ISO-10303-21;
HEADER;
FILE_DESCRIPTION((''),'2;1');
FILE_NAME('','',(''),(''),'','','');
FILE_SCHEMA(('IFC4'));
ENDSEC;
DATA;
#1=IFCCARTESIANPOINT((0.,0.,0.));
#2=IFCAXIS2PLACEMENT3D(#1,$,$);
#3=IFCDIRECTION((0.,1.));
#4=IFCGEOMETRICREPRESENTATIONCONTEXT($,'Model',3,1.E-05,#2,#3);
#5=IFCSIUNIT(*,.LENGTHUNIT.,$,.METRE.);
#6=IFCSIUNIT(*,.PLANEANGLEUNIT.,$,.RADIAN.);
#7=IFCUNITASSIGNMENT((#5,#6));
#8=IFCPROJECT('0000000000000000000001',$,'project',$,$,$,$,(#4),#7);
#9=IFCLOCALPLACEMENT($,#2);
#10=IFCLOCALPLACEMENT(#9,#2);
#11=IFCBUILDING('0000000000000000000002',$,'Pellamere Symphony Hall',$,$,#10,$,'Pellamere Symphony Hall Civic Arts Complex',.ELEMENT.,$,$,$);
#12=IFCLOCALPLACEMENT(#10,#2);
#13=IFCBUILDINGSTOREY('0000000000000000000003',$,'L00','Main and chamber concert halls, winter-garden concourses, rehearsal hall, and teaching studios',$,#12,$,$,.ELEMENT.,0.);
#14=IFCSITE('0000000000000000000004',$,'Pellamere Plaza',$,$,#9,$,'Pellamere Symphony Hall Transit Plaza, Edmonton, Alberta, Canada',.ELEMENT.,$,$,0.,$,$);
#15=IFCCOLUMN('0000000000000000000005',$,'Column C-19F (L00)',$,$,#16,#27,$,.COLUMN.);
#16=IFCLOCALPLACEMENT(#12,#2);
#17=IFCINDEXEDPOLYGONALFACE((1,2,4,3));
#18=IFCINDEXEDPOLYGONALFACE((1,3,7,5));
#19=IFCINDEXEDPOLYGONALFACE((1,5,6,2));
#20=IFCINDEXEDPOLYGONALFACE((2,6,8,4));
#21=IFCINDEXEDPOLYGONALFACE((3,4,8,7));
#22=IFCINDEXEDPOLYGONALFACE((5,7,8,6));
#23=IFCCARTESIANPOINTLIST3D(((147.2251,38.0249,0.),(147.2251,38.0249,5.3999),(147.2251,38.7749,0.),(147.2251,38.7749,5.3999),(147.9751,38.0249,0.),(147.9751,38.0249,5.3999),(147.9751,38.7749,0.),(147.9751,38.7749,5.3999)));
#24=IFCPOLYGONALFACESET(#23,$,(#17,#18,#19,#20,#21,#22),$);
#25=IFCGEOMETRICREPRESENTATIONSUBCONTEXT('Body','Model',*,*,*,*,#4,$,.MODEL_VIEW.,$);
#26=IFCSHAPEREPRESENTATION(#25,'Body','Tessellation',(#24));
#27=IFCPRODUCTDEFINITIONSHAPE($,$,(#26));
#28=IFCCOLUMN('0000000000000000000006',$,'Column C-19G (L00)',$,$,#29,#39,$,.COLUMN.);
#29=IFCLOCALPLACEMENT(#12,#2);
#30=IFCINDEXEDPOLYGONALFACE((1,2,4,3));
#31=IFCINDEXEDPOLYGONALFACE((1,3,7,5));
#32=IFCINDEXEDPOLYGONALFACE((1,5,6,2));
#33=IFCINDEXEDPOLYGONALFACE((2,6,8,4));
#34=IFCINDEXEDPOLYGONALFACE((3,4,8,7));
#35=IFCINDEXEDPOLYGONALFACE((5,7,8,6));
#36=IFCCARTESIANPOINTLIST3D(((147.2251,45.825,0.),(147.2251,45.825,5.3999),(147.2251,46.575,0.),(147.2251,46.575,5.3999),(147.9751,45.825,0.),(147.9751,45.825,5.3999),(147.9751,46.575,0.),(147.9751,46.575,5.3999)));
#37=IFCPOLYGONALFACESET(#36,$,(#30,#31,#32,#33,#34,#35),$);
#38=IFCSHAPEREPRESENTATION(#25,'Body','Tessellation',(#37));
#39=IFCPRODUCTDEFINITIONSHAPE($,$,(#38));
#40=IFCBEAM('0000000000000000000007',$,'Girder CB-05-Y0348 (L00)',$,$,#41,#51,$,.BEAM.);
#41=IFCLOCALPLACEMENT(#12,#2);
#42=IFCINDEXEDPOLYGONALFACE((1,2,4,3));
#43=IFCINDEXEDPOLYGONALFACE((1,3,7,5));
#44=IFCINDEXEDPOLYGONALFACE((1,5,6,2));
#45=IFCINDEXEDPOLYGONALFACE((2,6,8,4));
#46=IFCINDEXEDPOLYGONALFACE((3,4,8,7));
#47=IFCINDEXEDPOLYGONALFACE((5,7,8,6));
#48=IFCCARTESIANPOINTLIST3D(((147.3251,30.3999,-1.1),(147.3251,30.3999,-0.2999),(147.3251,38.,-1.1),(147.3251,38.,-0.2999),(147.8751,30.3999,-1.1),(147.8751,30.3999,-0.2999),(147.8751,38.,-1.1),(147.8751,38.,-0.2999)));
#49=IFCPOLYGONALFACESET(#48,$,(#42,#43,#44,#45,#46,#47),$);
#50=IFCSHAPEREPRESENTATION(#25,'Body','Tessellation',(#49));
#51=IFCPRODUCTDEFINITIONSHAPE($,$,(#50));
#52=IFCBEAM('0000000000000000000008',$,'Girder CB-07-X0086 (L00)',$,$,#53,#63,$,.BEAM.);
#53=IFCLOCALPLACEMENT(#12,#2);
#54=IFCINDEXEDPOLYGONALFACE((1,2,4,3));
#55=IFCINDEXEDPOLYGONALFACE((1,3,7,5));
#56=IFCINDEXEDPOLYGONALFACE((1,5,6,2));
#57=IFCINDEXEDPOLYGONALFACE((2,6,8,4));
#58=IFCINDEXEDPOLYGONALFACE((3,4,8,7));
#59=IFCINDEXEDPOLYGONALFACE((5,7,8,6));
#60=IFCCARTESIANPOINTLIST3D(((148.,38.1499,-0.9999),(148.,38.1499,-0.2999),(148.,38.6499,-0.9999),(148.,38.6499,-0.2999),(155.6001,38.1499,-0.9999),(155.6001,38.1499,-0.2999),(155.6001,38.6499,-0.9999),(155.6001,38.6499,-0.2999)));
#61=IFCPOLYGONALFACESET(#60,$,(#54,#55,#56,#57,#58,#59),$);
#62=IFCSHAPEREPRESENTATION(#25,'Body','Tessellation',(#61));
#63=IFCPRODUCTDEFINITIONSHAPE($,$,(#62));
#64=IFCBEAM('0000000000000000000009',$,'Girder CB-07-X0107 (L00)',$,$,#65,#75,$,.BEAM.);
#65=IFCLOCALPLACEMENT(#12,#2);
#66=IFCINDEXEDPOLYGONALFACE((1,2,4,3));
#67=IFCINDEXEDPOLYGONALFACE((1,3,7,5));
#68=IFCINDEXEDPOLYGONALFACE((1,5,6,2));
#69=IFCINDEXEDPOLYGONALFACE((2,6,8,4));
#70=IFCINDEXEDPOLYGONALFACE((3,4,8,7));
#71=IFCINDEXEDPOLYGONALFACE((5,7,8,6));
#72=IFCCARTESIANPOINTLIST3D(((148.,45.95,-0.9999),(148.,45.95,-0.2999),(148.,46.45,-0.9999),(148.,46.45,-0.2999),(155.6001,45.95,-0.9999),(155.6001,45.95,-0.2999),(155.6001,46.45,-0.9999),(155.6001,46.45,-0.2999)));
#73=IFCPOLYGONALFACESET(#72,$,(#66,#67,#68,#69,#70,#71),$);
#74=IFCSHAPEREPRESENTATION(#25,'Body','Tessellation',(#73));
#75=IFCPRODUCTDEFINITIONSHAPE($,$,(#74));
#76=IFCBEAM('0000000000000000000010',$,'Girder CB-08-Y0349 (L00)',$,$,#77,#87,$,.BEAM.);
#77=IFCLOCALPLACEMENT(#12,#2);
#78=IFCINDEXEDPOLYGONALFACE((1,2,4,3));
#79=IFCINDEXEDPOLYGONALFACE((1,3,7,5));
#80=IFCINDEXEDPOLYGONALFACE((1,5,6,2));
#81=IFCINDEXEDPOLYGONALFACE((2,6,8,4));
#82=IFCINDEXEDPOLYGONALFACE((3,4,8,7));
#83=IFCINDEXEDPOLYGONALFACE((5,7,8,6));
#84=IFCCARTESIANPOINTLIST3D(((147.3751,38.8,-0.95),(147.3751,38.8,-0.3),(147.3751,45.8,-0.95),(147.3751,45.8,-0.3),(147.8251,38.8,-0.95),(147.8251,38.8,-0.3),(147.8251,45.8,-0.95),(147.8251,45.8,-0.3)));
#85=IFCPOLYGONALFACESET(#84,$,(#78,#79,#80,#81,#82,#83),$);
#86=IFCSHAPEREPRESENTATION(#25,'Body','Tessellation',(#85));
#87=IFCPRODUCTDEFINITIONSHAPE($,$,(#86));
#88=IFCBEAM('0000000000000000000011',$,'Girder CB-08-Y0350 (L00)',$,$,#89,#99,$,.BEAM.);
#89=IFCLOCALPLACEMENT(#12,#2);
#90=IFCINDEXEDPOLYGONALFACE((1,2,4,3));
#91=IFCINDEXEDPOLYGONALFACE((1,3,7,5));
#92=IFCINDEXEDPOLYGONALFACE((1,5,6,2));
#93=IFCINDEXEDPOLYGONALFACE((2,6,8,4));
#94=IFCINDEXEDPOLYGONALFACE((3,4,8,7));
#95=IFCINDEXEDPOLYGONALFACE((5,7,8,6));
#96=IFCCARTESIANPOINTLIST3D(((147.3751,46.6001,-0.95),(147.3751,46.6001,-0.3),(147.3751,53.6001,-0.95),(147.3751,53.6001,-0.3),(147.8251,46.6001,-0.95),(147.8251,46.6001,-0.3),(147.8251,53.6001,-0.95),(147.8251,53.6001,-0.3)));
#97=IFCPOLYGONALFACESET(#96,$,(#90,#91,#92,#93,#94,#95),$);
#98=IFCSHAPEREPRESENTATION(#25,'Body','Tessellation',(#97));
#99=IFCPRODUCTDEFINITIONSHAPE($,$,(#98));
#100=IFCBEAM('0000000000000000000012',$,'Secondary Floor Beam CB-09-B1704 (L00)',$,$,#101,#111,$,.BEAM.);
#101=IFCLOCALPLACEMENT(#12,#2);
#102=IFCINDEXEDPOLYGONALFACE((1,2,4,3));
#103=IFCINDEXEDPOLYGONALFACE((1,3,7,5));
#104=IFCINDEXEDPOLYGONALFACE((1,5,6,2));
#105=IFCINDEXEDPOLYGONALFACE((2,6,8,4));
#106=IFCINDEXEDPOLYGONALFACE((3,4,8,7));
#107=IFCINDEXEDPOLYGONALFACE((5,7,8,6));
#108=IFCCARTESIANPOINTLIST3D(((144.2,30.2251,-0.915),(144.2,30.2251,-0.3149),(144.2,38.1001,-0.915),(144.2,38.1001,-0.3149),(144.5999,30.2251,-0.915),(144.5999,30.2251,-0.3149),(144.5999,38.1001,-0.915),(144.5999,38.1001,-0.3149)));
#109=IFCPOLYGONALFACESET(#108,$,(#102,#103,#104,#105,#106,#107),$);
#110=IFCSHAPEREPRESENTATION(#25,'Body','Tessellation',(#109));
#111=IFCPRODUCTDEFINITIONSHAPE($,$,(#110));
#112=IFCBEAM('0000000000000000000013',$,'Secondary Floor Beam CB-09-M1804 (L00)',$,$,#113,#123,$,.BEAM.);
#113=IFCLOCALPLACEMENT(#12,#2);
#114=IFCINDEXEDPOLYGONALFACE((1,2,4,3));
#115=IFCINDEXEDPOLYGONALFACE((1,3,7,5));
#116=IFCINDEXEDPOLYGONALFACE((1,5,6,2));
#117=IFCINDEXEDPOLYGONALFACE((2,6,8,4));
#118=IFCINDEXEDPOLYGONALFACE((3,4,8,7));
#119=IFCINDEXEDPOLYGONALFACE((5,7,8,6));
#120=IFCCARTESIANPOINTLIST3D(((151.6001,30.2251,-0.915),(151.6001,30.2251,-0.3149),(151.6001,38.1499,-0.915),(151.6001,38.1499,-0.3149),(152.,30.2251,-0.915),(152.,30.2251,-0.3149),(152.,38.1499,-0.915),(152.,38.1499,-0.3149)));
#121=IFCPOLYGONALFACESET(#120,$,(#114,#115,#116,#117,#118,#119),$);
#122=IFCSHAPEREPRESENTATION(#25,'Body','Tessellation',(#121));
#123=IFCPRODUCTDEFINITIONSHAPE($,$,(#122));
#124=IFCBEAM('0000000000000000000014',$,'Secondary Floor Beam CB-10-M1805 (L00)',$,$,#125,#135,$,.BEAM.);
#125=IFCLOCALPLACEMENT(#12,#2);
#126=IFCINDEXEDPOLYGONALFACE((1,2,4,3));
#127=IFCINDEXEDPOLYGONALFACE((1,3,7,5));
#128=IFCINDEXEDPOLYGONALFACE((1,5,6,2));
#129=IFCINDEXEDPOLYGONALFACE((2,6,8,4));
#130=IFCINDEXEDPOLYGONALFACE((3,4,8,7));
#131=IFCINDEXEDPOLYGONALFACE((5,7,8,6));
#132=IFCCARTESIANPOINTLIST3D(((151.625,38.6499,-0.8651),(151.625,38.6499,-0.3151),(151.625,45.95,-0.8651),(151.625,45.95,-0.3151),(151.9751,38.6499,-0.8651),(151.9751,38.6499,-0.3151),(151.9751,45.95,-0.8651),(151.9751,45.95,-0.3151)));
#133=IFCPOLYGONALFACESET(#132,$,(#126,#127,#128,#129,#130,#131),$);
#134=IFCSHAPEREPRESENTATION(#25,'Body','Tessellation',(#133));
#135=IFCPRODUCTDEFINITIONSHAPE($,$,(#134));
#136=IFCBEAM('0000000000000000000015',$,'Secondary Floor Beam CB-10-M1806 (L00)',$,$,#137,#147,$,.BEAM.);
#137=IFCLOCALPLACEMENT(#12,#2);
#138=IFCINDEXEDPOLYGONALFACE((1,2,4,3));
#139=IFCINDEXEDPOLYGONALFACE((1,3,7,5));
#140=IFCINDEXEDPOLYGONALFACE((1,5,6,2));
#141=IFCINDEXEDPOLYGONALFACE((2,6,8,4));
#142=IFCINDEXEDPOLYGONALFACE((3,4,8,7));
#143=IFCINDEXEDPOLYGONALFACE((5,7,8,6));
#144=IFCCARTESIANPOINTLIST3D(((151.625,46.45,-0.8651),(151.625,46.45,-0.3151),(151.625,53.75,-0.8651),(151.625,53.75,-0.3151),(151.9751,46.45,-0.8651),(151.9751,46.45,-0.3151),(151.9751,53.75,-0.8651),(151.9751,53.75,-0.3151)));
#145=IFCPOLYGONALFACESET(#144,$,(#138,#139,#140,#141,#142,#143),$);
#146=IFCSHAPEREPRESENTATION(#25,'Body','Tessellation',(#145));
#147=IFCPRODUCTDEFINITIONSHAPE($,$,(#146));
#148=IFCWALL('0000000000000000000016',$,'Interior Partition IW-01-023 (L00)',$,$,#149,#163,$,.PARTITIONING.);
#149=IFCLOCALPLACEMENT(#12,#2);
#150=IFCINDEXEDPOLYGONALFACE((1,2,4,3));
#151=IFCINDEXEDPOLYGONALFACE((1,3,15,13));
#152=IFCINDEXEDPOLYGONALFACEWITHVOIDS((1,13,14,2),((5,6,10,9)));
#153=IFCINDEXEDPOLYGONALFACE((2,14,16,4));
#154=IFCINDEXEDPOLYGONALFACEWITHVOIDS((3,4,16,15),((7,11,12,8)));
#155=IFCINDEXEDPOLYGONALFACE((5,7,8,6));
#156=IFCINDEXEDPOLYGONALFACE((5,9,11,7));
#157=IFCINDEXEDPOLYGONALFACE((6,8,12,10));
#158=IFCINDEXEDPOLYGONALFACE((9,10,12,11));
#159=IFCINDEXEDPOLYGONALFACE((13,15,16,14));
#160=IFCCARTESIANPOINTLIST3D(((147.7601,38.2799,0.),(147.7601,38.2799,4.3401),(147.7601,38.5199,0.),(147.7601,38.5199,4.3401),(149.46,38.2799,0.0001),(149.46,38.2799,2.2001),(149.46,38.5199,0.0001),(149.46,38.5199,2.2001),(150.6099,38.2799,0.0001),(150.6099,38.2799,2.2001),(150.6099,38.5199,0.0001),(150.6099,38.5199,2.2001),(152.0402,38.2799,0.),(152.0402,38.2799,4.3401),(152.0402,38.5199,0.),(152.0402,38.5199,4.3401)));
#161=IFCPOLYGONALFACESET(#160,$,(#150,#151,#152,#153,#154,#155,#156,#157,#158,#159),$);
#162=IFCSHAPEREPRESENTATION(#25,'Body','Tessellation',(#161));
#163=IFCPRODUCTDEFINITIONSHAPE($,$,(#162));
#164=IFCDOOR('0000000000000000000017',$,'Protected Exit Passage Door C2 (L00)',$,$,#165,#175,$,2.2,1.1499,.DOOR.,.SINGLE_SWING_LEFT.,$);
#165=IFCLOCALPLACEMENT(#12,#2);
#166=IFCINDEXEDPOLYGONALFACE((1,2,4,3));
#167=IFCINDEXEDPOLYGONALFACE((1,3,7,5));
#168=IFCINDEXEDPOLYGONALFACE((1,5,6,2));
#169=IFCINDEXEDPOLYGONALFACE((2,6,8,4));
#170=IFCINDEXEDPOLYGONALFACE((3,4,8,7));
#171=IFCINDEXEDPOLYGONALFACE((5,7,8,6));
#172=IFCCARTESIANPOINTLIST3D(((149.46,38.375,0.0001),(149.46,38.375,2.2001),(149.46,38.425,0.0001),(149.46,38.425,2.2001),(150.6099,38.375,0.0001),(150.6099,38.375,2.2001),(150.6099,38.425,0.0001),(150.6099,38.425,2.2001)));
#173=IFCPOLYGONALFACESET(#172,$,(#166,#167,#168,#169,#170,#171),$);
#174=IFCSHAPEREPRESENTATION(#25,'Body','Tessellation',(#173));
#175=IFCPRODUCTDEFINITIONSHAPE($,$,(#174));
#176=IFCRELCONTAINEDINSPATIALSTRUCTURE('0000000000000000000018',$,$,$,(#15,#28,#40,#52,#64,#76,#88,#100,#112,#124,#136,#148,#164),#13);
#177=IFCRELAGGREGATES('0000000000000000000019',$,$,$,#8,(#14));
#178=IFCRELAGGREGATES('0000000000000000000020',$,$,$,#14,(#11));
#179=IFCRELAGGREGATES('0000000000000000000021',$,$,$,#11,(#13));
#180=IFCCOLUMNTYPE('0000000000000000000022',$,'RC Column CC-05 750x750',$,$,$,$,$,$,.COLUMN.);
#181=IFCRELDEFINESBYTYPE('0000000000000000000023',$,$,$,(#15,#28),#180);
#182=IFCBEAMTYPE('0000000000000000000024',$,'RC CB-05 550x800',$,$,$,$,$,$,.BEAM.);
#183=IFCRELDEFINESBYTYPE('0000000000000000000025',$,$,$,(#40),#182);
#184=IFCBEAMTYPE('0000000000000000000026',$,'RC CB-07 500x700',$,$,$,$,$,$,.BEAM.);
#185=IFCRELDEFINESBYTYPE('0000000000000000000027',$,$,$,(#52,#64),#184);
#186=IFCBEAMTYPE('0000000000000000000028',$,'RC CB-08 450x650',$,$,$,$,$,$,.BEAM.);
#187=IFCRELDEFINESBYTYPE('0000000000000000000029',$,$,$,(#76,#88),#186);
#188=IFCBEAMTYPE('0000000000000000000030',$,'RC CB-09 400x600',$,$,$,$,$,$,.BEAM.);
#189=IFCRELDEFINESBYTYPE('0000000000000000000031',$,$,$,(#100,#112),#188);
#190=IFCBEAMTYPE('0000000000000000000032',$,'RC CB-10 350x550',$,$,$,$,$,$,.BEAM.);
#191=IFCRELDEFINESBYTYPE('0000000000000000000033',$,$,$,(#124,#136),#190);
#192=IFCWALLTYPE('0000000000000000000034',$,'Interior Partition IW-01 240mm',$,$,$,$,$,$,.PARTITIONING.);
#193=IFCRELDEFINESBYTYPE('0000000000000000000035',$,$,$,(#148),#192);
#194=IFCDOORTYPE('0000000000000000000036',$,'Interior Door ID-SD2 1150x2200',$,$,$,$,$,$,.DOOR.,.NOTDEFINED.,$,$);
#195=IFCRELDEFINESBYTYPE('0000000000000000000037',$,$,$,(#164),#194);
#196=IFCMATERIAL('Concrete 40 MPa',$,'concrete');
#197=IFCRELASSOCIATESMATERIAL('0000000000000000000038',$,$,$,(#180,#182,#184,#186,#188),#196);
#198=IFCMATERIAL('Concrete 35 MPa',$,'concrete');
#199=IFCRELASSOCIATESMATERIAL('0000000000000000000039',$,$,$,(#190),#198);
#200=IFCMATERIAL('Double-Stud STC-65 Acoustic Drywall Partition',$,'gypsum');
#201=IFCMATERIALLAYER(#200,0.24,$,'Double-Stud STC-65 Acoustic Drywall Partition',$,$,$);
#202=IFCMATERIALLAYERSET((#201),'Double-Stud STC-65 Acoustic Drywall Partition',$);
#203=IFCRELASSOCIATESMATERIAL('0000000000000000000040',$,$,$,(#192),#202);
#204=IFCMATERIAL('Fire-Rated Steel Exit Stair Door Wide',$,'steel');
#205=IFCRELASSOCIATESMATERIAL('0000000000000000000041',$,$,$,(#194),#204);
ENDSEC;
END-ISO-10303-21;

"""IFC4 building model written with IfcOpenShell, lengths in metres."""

from ifc_helpers import new_model, si_unit, direction, frame, frame_2d, origin, origin_2d, place, context, subcontext, project, spatial, rectangle, extrude, material, layer, layer_set, material_profile, profile_set, type_object, element, fill, save


model = new_model("IFC4")

# Units and contexts
model_context = context("Model", 3, precision=1e-05, world=origin(), true_north=direction((0.0, 1.0)))
body_context = subcontext(model_context, "Body", "Model", "MODEL_VIEW")
ifc_project = project(units=[si_unit("LENGTHUNIT", "METRE"), si_unit("PLANEANGLEUNIT", "RADIAN")], contexts=[model_context])

# Site, building, storey
site_placement = place(None, origin())
site = spatial("IfcSite", under=ifc_project, at=site_placement, Name="Pellamere Plaza", LongName="Pellamere Symphony Hall Transit Plaza, Edmonton, Alberta, Canada", CompositionType="ELEMENT", RefElevation=0.0)
building_placement = place(site_placement, origin())
building = spatial("IfcBuilding", under=site, at=building_placement, Name="Pellamere Symphony Hall", LongName="Pellamere Symphony Hall Civic Arts Complex", CompositionType="ELEMENT")
storey_placement = place(building_placement, origin())
storey = spatial("IfcBuildingStorey", under=building, at=storey_placement, Name="L00", Description="Main and chamber concert halls, winter-garden concourses, rehearsal hall, and teaching studios", CompositionType="ELEMENT", Elevation=0.0)

# Columns
ifc_material_1 = material(Name="Concrete 40 MPa", Category="concrete")
ifc_material_profile_1 = material_profile(ifc_material_1, rectangle(XDim=0.75, YDim=0.75, at=origin_2d()), Name="RC 750x750")
ifc_profile_set_1 = profile_set([ifc_material_profile_1], Name="Concrete 40 MPa")
column_type = type_object("IfcColumnType", Name="RC Column CC-05 750x750", PredefinedType="COLUMN", material=ifc_profile_set_1)
for number, where, z_axis, x_axis, name in (
    (1, (147.6001, 38.3999, 0.0), (0.0, 0.0, 1.0), (1.0, 0.0, 0.0), "Column C-19F (L00)"),
    (2, (147.6001, 46.2, 0.0), (0.0, 0.0, 1.0), (1.0, 0.0, 0.0), "Column C-19G (L00)"),
):
    element("IfcColumn", number, at=place(storey_placement, frame(where, z_axis=z_axis, x_axis=x_axis)), inside=storey, type_object=column_type, Name=name, PredefinedType="COLUMN", context=body_context, shape_type="SweptSolid", body=[
        extrude(rectangle(XDim=0.75, YDim=0.75, at=origin_2d()), origin(), (0.0, 0.0, 1.0), 5.3999),
    ])

# Beams
ifc_material_profile_2 = material_profile(ifc_material_1, rectangle(XDim=0.55, YDim=0.8, at=origin_2d()), Name="RC 550x800")
ifc_profile_set_2 = profile_set([ifc_material_profile_2], Name="Concrete 40 MPa")
beam_type_1 = type_object("IfcBeamType", Name="RC CB-05 550x800", PredefinedType="BEAM", material=ifc_profile_set_2)
beam_1_placement = place(storey_placement, frame((147.6001, 30.3999, -0.7), z_axis=(0.0, 1.0, 0.0), x_axis=(-1.0, 0.0, 0.0)))
element("IfcBeam", 3, at=beam_1_placement, inside=storey, type_object=beam_type_1, Name="Girder CB-05-Y0348 (L00)", PredefinedType="BEAM", context=body_context, shape_type="SweptSolid", body=[
    extrude(rectangle(XDim=0.55, YDim=0.8, at=origin_2d()), origin(), (0.0, 0.0, 1.0), 7.6001),
])
ifc_material_profile_3 = material_profile(ifc_material_1, rectangle(XDim=0.5, YDim=0.7, at=origin_2d()), Name="RC 500x700")
ifc_profile_set_3 = profile_set([ifc_material_profile_3], Name="Concrete 40 MPa")
beam_type_2 = type_object("IfcBeamType", Name="RC CB-07 500x700", PredefinedType="BEAM", material=ifc_profile_set_3)
for number, where, z_axis, x_axis, name in (
    (4, (148.0, 38.3999, -0.6499), (1.0, 0.0, 0.0), (0.0, 1.0, 0.0), "Girder CB-07-X0086 (L00)"),
    (5, (148.0, 46.2, -0.6499), (1.0, 0.0, 0.0), (0.0, 1.0, 0.0), "Girder CB-07-X0107 (L00)"),
):
    element("IfcBeam", number, at=place(storey_placement, frame(where, z_axis=z_axis, x_axis=x_axis)), inside=storey, type_object=beam_type_2, Name=name, PredefinedType="BEAM", context=body_context, shape_type="SweptSolid", body=[
        extrude(rectangle(XDim=0.5, YDim=0.7, at=origin_2d()), origin(), (0.0, 0.0, 1.0), 7.6001),
    ])
ifc_material_profile_4 = material_profile(ifc_material_1, rectangle(XDim=0.45, YDim=0.6499, at=origin_2d()), Name="RC 450x650")
ifc_profile_set_4 = profile_set([ifc_material_profile_4], Name="Concrete 40 MPa")
beam_type_3 = type_object("IfcBeamType", Name="RC CB-08 450x650", PredefinedType="BEAM", material=ifc_profile_set_4)
for number, where, z_axis, x_axis, name in (
    (6, (147.6001, 38.8, -0.625), (0.0, 1.0, 0.0), (-1.0, 0.0, 0.0), "Girder CB-08-Y0349 (L00)"),
    (7, (147.6001, 46.6001, -0.625), (0.0, 1.0, 0.0), (-1.0, 0.0, 0.0), "Girder CB-08-Y0350 (L00)"),
):
    element("IfcBeam", number, at=place(storey_placement, frame(where, z_axis=z_axis, x_axis=x_axis)), inside=storey, type_object=beam_type_3, Name=name, PredefinedType="BEAM", context=body_context, shape_type="SweptSolid", body=[
        extrude(rectangle(XDim=0.45, YDim=0.6499, at=origin_2d()), origin(), (0.0, 0.0, 1.0), 7.0),
    ])
ifc_material_profile_5 = material_profile(ifc_material_1, rectangle(XDim=0.3999, YDim=0.6001, at=origin_2d()), Name="RC 400x600")
ifc_profile_set_5 = profile_set([ifc_material_profile_5], Name="Concrete 40 MPa")
beam_type_4 = type_object("IfcBeamType", Name="RC CB-09 400x600", PredefinedType="BEAM", material=ifc_profile_set_5)
beam_2_placement = place(storey_placement, frame((144.3999, 30.2251, -0.615), z_axis=(0.0, 1.0, 0.0), x_axis=(-1.0, 0.0, 0.0)))
element("IfcBeam", 8, at=beam_2_placement, inside=storey, type_object=beam_type_4, Name="Secondary Floor Beam CB-09-B1704 (L00)", PredefinedType="BEAM", context=body_context, shape_type="SweptSolid", body=[
    extrude(rectangle(XDim=0.3999, YDim=0.6001, at=origin_2d()), origin(), (0.0, 0.0, 1.0), 7.875),
])
beam_3_placement = place(storey_placement, frame((151.8, 30.2251, -0.615), z_axis=(0.0, 1.0, 0.0), x_axis=(-1.0, 0.0, 0.0)))
element("IfcBeam", 9, at=beam_3_placement, inside=storey, type_object=beam_type_4, Name="Secondary Floor Beam CB-09-M1804 (L00)", PredefinedType="BEAM", context=body_context, shape_type="SweptSolid", body=[
    extrude(rectangle(XDim=0.3999, YDim=0.6001, at=origin_2d()), origin(), (0.0, 0.0, 1.0), 7.9248),
])
ifc_material_2 = material(Name="Concrete 35 MPa", Category="concrete")
ifc_material_profile_6 = material_profile(ifc_material_2, rectangle(XDim=0.3501, YDim=0.55, at=origin_2d()), Name="RC 350x550")
ifc_profile_set_6 = profile_set([ifc_material_profile_6], Name="Concrete 35 MPa")
beam_type_5 = type_object("IfcBeamType", Name="RC CB-10 350x550", PredefinedType="BEAM", material=ifc_profile_set_6)
for number, where, z_axis, x_axis, name in (
    (10, (151.8, 38.6499, -0.5901), (0.0, 1.0, 0.0), (-1.0, 0.0, 0.0), "Secondary Floor Beam CB-10-M1805 (L00)"),
    (11, (151.8, 46.45, -0.5901), (0.0, 1.0, 0.0), (-1.0, 0.0, 0.0), "Secondary Floor Beam CB-10-M1806 (L00)"),
):
    element("IfcBeam", number, at=place(storey_placement, frame(where, z_axis=z_axis, x_axis=x_axis)), inside=storey, type_object=beam_type_5, Name=name, PredefinedType="BEAM", context=body_context, shape_type="SweptSolid", body=[
        extrude(rectangle(XDim=0.3501, YDim=0.55, at=origin_2d()), origin(), (0.0, 0.0, 1.0), 7.3),
    ])

# Wall, opening, door
ifc_material_3 = material(Name="Double-Stud STC-65 Acoustic Drywall Partition", Category="gypsum")
ifc_layer_1 = layer(ifc_material_3, 0.24, Name="Double-Stud STC-65 Acoustic Drywall Partition")
ifc_layer_set_1 = layer_set([ifc_layer_1], Name="Double-Stud STC-65 Acoustic Drywall Partition")
wall_type_1 = type_object("IfcWallType", Name="Interior Partition IW-01 240mm", PredefinedType="PARTITIONING", material=ifc_layer_set_1)
wall_1_placement = place(storey_placement, frame((147.76, 38.3999, 0.0), z_axis=(0.0, 0.0, 1.0), x_axis=(1.0, 0.0, 0.0)))
wall_1 = element("IfcWall", 12, at=wall_1_placement, inside=storey, type_object=wall_type_1, Name="Interior Partition IW-01-023 (L00)", PredefinedType="PARTITIONING", context=body_context, shape_type="SweptSolid", body=[
    extrude(rectangle(XDim=4.28, YDim=0.24, at=frame_2d((2.1401, 0.0))), origin(), (0.0, 0.0, 1.0), 4.3401),
])
opening_1_placement = place(wall_1_placement, frame((1.7, 0.0, 0.0)))
opening_1 = element("IfcOpeningElement", 13, at=opening_1_placement, cuts=wall_1, PredefinedType="OPENING", context=body_context, shape_type="SweptSolid", body=[
    extrude(rectangle(XDim=1.1499, YDim=2.2, at=frame_2d((0.575, 1.1001))), frame((0.0, 0.1299, 0.0), z_axis=(0.0, -1.0, 0.0), x_axis=(1.0, 0.0, 0.0)), (0.0, 0.0, 1.0), 0.26),
])
ifc_material_4 = material(Name="Fire-Rated Steel Exit Stair Door Wide", Category="steel")
door_type_1 = type_object("IfcDoorType", Name="Interior Door ID-SD2 1150x2200", OperationType="NOTDEFINED", PredefinedType="DOOR", material=ifc_material_4)
door_1_placement = place(opening_1_placement, frame((1.1499, 0.0, 0.0), z_axis=(0.0, 0.0, 1.0), x_axis=(-1.0, 0.0, 0.0)))
door_1 = element("IfcDoor", 14, at=door_1_placement, inside=storey, type_object=door_type_1, Name="Protected Exit Passage Door C2 (L00)", OperationType="SINGLE_SWING_LEFT", OverallHeight=2.2, OverallWidth=1.1499, PredefinedType="DOOR", context=body_context, shape_type="SweptSolid", body=[
    extrude(rectangle(XDim=1.1499, YDim=2.2, at=frame_2d((0.575, 1.1001))), frame((0.0, 0.0249, 0.0), z_axis=(0.0, -1.0, 0.0), x_axis=(1.0, 0.0, 0.0)), (0.0, 0.0, 1.0), 0.05),
])
fill(opening_1, door_1)

save(model, "model.ifc")
